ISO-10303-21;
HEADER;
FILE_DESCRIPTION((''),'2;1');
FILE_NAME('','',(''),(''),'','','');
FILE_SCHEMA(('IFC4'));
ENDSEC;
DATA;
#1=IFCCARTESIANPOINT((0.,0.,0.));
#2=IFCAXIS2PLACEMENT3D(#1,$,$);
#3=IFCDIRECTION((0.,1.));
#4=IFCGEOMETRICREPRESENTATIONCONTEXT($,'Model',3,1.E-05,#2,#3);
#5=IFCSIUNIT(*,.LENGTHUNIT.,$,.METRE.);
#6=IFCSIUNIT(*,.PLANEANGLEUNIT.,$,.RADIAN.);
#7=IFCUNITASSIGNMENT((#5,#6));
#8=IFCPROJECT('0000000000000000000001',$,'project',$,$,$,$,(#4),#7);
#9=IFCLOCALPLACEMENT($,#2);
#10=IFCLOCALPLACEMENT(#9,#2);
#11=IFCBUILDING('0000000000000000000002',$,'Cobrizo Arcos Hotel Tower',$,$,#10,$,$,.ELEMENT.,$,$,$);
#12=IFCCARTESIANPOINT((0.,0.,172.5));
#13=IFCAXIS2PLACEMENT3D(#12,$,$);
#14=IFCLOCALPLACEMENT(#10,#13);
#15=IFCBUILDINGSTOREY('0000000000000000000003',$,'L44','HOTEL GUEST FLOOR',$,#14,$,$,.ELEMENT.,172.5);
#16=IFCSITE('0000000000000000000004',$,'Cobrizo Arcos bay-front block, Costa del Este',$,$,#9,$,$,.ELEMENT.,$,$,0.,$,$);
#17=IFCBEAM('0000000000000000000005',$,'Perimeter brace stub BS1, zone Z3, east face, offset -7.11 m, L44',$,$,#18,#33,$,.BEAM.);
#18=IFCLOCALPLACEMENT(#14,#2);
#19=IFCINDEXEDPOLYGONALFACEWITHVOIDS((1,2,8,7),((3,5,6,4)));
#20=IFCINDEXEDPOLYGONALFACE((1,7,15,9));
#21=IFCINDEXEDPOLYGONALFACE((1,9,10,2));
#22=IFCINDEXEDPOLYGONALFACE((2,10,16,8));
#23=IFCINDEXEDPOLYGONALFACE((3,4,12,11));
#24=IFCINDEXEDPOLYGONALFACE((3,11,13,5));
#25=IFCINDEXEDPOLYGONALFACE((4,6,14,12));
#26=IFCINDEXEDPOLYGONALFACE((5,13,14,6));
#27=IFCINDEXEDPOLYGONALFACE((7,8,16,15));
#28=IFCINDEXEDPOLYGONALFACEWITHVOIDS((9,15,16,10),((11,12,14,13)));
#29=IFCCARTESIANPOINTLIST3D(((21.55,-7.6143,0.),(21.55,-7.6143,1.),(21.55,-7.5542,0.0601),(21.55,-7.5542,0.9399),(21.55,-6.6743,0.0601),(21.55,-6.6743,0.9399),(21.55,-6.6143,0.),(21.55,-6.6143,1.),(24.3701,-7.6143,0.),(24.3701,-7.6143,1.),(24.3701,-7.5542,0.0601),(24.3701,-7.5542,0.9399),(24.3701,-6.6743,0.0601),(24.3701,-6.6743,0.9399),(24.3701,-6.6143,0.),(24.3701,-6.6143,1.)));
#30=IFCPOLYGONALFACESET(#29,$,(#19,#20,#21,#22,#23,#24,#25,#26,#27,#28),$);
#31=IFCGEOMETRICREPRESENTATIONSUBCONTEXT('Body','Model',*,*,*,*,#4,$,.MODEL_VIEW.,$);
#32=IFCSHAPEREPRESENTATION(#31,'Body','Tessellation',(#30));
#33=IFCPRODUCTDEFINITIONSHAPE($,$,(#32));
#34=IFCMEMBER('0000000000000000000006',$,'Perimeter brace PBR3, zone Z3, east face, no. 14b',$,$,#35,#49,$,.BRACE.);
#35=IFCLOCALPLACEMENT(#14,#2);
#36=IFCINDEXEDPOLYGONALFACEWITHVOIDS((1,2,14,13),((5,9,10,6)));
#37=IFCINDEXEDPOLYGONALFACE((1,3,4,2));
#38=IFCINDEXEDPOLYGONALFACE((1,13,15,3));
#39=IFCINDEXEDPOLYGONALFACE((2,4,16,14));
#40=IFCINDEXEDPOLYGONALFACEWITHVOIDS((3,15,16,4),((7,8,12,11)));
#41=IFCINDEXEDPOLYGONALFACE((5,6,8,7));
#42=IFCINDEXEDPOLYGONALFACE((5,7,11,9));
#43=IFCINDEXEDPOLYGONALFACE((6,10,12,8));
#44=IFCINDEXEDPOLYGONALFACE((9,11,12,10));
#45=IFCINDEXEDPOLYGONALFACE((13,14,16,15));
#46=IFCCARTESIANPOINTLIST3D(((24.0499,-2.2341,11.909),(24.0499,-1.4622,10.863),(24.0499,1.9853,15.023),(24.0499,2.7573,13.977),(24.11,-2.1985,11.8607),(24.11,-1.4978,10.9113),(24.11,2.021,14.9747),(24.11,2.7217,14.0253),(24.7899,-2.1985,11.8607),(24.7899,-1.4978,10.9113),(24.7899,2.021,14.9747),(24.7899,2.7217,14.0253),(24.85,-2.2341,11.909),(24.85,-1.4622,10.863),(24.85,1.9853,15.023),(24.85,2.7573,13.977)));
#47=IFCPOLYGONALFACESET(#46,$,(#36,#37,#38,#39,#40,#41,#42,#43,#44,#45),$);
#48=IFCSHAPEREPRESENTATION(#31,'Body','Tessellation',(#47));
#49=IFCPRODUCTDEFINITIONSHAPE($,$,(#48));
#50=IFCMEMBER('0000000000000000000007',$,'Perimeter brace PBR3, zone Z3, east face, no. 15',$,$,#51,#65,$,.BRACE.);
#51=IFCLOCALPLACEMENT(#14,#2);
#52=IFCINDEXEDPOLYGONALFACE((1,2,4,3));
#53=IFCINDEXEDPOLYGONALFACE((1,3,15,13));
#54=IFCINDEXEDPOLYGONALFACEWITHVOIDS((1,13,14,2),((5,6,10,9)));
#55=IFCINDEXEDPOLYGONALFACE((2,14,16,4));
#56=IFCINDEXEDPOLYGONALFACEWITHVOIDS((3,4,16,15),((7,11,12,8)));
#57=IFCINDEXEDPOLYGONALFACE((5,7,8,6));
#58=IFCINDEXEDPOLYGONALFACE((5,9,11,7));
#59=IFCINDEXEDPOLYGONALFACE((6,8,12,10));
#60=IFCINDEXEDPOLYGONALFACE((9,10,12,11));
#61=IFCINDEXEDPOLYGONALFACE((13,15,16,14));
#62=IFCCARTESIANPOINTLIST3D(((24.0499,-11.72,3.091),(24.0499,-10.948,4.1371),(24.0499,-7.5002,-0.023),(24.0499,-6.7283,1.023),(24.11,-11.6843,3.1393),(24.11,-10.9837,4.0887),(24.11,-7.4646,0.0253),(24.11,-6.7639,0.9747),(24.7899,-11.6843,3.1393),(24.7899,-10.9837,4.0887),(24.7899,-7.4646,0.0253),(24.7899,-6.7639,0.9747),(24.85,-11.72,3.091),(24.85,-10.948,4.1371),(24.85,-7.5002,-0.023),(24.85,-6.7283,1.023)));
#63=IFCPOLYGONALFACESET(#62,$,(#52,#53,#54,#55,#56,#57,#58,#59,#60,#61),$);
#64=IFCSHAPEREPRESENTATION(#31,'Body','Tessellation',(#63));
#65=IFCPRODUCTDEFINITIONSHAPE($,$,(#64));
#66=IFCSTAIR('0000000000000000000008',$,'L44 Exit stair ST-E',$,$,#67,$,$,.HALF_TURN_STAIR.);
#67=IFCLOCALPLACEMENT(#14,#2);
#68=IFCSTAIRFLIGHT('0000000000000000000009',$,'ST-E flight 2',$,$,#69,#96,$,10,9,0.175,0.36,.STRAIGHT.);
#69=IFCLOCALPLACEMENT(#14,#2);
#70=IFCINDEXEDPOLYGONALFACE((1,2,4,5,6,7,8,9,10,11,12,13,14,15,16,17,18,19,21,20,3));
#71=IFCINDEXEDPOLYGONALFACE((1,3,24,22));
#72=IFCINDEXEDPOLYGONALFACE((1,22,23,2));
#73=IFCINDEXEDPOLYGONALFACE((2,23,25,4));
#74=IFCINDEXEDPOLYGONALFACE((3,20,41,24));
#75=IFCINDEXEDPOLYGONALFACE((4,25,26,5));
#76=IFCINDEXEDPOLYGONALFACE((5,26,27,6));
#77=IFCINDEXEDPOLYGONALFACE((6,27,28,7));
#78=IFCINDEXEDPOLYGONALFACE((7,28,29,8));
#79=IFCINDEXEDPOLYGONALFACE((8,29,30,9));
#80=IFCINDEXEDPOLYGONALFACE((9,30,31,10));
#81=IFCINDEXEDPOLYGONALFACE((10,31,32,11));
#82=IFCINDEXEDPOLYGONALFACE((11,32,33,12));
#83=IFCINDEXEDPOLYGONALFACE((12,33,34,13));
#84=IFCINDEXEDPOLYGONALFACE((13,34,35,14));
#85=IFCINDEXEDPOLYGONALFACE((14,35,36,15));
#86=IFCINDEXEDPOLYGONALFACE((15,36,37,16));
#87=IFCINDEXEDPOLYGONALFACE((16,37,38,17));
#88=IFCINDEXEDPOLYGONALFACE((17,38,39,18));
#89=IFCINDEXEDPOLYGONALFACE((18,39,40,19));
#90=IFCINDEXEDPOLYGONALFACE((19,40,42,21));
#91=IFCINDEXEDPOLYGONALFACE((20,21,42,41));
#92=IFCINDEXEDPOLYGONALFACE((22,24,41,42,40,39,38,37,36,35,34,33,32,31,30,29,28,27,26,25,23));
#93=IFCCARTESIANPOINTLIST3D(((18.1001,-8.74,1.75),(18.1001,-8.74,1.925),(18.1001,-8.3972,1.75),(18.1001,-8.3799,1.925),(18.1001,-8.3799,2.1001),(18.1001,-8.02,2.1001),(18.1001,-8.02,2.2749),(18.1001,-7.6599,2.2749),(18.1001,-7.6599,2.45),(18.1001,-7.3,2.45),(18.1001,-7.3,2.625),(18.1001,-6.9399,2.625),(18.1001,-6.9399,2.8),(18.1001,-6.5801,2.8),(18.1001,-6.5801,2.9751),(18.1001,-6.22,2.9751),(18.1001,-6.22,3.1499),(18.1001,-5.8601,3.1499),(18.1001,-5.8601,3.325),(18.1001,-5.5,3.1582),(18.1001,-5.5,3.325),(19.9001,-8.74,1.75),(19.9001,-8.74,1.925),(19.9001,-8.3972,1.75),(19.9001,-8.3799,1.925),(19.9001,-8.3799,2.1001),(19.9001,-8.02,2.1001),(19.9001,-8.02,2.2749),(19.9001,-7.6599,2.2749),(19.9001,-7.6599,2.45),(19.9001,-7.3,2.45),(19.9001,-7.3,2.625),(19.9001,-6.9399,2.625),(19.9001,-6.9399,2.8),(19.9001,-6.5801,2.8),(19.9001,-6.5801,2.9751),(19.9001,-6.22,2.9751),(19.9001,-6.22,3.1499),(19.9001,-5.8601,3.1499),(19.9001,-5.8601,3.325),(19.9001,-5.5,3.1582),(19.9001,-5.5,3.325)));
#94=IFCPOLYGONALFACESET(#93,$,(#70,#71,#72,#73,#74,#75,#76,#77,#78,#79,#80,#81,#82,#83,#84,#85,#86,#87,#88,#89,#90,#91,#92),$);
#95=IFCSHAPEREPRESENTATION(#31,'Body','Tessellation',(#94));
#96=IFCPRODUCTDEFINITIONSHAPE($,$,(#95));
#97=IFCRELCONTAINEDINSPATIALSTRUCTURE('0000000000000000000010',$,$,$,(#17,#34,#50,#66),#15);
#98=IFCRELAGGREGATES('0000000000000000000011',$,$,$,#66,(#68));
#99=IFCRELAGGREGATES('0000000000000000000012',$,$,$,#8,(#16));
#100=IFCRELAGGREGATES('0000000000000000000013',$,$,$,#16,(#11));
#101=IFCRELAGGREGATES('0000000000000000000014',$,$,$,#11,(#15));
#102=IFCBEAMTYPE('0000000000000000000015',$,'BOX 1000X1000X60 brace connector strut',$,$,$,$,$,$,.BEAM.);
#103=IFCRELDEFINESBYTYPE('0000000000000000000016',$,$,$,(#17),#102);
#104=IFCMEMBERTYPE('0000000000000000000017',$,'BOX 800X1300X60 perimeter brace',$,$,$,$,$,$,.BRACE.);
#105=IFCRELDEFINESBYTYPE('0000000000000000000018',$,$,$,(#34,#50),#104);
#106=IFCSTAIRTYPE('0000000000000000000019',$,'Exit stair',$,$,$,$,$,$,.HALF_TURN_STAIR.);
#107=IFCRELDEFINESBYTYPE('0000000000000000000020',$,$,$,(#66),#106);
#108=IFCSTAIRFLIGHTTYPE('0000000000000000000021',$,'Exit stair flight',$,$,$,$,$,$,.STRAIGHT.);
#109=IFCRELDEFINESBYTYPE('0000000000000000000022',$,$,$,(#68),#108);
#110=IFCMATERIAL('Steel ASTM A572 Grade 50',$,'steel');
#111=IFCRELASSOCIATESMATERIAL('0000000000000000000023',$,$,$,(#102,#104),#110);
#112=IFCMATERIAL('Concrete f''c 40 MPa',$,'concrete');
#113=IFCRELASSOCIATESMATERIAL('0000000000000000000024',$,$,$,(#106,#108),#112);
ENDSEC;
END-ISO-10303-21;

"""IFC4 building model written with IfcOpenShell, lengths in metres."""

from ifc_helpers import new_model, si_unit, direction, frame, origin, origin_2d, place, context, subcontext, project, spatial, polyline, hollow_rectangle, outline, extrude, material, material_profile, profile_set, type_object, element, aggregate, save


model = new_model("IFC4")

# Units and contexts
model_context = context("Model", 3, precision=1e-05, world=origin(), true_north=direction((0.0, 1.0)))
body_context = subcontext(model_context, "Body", "Model", "MODEL_VIEW")
ifc_project = project(units=[si_unit("LENGTHUNIT", "METRE"), si_unit("PLANEANGLEUNIT", "RADIAN")], contexts=[model_context])

# Site, building, storey
site_placement = place(None, origin())
site = spatial("IfcSite", under=ifc_project, at=site_placement, Name="Cobrizo Arcos bay-front block, Costa del Este", CompositionType="ELEMENT", RefElevation=0.0)
building_placement = place(site_placement, origin())
building = spatial("IfcBuilding", under=site, at=building_placement, Name="Cobrizo Arcos Hotel Tower", CompositionType="ELEMENT")
storey_placement = place(building_placement, frame((0.0, 0.0, 172.5)))
storey = spatial("IfcBuildingStorey", under=building, at=storey_placement, Name="L44", Description="HOTEL GUEST FLOOR", CompositionType="ELEMENT", Elevation=172.5)

# Beam
ifc_material_1 = material(Name="Steel ASTM A572 Grade 50", Category="steel")
ifc_material_profile_1 = material_profile(ifc_material_1, hollow_rectangle(XDim=1.0, YDim=1.0, WallThickness=0.0601, at=origin_2d()), Name="BOX 1000X1000X60")
ifc_profile_set_1 = profile_set([ifc_material_profile_1], Name="Steel ASTM A572 Grade 50")
beam_type = type_object("IfcBeamType", Name="BOX 1000X1000X60 brace connector strut", PredefinedType="BEAM", material=ifc_profile_set_1)
beam_placement = place(storey_placement, frame((21.55, -7.1143, 0.5), z_axis=(1.0, 0.0, 0.0), x_axis=(0.0, 1.0, 0.0)))
element("IfcBeam", 1, at=beam_placement, inside=storey, type_object=beam_type, Name="Perimeter brace stub BS1, zone Z3, east face, offset -7.11 m, L44", PredefinedType="BEAM", context=body_context, shape_type="SweptSolid", body=[
    extrude(hollow_rectangle(XDim=1.0, YDim=1.0, WallThickness=0.0601, at=origin_2d()), origin(), (0.0, 0.0, 1.0), 2.8201),
])

# Members
ifc_material_profile_2 = material_profile(ifc_material_1, hollow_rectangle(XDim=0.8, YDim=1.3, WallThickness=0.0601, at=origin_2d()), Name="BOX 800X1300X60")
ifc_profile_set_2 = profile_set([ifc_material_profile_2], Name="Steel ASTM A572 Grade 50")
member_type = type_object("IfcMemberType", Name="BOX 800X1300X60 perimeter brace", PredefinedType="BRACE", material=ifc_profile_set_2)
member_1_placement = place(storey_placement, frame((24.45, -1.8481, 11.386), z_axis=(0.0, 0.804607, 0.593807), x_axis=(-1.0, 0.0, 0.0)))
element("IfcMember", 2, at=member_1_placement, inside=storey, type_object=member_type, Name="Perimeter brace PBR3, zone Z3, east face, no. 14b", PredefinedType="BRACE", context=body_context, shape_type="SweptSolid", body=[
    extrude(hollow_rectangle(XDim=0.8, YDim=1.3, WallThickness=0.0601, at=origin_2d()), origin(), (0.0, 0.0, 1.0), 5.2441),
])
member_2_placement = place(storey_placement, frame((24.45, -7.1143, 0.5), z_axis=(0.0, -0.804624, 0.593785), x_axis=(1.0, 0.0, 0.0)))
element("IfcMember", 3, at=member_2_placement, inside=storey, type_object=member_type, Name="Perimeter brace PBR3, zone Z3, east face, no. 15", PredefinedType="BRACE", context=body_context, shape_type="SweptSolid", body=[
    extrude(hollow_rectangle(XDim=0.8, YDim=1.3, WallThickness=0.0601, at=origin_2d()), origin(), (0.0, 0.0, 1.0), 5.2444),
])

# Stair, stair flight
ifc_material_2 = material(Name="Concrete f'c 40 MPa", Category="concrete")
stair_type = type_object("IfcStairType", Name="Exit stair", PredefinedType="HALF_TURN_STAIR", material=ifc_material_2)
stair_placement = place(storey_placement, origin())
stair = element("IfcStair", 4, at=stair_placement, inside=storey, type_object=stair_type, Name="L44 Exit stair ST-E", PredefinedType="HALF_TURN_STAIR")
stair_flight_type = type_object("IfcStairFlightType", Name="Exit stair flight", PredefinedType="STRAIGHT", material=ifc_material_2)
stair_flight_placement = place(storey_placement, frame((19.0, -8.74, 1.75), z_axis=(0.0, 0.0, 1.0), x_axis=(0.0, 1.0, 0.0)))
stair_flight = element("IfcStairFlight", 5, at=stair_flight_placement, type_object=stair_flight_type, Name="ST-E flight 2", NumberOfRisers=10, NumberOfTreads=9, PredefinedType="STRAIGHT", RiserHeight=0.175, TreadLength=0.36, context=body_context, shape_type="SweptSolid", body=[
    extrude(outline(polyline([(0.0, 0.0), (0.0, 0.175), (0.3601, 0.175), (0.3601, 0.3501), (0.72, 0.3501), (0.72, 0.5249), (1.0801, 0.5249), (1.0801, 0.7), (1.4399, 0.7), (1.4399, 0.875), (1.8, 0.875), (1.8, 1.05), (2.1599, 1.05), (2.1599, 1.2251), (2.52, 1.2251), (2.52, 1.3999), (2.8799, 1.3999), (2.8799, 1.575), (3.24, 1.575), (3.24, 1.75), (3.24, 1.4082), (0.3428, 0.0), (0.0, 0.0)])), frame((0.0, 0.8999, 0.0), z_axis=(0.0, -1.0, 0.0), x_axis=(1.0, 0.0, 0.0)), (0.0, 0.0, 1.0), 1.8),
])
aggregate(stair, [stair_flight])

save(model, "model.ifc")
